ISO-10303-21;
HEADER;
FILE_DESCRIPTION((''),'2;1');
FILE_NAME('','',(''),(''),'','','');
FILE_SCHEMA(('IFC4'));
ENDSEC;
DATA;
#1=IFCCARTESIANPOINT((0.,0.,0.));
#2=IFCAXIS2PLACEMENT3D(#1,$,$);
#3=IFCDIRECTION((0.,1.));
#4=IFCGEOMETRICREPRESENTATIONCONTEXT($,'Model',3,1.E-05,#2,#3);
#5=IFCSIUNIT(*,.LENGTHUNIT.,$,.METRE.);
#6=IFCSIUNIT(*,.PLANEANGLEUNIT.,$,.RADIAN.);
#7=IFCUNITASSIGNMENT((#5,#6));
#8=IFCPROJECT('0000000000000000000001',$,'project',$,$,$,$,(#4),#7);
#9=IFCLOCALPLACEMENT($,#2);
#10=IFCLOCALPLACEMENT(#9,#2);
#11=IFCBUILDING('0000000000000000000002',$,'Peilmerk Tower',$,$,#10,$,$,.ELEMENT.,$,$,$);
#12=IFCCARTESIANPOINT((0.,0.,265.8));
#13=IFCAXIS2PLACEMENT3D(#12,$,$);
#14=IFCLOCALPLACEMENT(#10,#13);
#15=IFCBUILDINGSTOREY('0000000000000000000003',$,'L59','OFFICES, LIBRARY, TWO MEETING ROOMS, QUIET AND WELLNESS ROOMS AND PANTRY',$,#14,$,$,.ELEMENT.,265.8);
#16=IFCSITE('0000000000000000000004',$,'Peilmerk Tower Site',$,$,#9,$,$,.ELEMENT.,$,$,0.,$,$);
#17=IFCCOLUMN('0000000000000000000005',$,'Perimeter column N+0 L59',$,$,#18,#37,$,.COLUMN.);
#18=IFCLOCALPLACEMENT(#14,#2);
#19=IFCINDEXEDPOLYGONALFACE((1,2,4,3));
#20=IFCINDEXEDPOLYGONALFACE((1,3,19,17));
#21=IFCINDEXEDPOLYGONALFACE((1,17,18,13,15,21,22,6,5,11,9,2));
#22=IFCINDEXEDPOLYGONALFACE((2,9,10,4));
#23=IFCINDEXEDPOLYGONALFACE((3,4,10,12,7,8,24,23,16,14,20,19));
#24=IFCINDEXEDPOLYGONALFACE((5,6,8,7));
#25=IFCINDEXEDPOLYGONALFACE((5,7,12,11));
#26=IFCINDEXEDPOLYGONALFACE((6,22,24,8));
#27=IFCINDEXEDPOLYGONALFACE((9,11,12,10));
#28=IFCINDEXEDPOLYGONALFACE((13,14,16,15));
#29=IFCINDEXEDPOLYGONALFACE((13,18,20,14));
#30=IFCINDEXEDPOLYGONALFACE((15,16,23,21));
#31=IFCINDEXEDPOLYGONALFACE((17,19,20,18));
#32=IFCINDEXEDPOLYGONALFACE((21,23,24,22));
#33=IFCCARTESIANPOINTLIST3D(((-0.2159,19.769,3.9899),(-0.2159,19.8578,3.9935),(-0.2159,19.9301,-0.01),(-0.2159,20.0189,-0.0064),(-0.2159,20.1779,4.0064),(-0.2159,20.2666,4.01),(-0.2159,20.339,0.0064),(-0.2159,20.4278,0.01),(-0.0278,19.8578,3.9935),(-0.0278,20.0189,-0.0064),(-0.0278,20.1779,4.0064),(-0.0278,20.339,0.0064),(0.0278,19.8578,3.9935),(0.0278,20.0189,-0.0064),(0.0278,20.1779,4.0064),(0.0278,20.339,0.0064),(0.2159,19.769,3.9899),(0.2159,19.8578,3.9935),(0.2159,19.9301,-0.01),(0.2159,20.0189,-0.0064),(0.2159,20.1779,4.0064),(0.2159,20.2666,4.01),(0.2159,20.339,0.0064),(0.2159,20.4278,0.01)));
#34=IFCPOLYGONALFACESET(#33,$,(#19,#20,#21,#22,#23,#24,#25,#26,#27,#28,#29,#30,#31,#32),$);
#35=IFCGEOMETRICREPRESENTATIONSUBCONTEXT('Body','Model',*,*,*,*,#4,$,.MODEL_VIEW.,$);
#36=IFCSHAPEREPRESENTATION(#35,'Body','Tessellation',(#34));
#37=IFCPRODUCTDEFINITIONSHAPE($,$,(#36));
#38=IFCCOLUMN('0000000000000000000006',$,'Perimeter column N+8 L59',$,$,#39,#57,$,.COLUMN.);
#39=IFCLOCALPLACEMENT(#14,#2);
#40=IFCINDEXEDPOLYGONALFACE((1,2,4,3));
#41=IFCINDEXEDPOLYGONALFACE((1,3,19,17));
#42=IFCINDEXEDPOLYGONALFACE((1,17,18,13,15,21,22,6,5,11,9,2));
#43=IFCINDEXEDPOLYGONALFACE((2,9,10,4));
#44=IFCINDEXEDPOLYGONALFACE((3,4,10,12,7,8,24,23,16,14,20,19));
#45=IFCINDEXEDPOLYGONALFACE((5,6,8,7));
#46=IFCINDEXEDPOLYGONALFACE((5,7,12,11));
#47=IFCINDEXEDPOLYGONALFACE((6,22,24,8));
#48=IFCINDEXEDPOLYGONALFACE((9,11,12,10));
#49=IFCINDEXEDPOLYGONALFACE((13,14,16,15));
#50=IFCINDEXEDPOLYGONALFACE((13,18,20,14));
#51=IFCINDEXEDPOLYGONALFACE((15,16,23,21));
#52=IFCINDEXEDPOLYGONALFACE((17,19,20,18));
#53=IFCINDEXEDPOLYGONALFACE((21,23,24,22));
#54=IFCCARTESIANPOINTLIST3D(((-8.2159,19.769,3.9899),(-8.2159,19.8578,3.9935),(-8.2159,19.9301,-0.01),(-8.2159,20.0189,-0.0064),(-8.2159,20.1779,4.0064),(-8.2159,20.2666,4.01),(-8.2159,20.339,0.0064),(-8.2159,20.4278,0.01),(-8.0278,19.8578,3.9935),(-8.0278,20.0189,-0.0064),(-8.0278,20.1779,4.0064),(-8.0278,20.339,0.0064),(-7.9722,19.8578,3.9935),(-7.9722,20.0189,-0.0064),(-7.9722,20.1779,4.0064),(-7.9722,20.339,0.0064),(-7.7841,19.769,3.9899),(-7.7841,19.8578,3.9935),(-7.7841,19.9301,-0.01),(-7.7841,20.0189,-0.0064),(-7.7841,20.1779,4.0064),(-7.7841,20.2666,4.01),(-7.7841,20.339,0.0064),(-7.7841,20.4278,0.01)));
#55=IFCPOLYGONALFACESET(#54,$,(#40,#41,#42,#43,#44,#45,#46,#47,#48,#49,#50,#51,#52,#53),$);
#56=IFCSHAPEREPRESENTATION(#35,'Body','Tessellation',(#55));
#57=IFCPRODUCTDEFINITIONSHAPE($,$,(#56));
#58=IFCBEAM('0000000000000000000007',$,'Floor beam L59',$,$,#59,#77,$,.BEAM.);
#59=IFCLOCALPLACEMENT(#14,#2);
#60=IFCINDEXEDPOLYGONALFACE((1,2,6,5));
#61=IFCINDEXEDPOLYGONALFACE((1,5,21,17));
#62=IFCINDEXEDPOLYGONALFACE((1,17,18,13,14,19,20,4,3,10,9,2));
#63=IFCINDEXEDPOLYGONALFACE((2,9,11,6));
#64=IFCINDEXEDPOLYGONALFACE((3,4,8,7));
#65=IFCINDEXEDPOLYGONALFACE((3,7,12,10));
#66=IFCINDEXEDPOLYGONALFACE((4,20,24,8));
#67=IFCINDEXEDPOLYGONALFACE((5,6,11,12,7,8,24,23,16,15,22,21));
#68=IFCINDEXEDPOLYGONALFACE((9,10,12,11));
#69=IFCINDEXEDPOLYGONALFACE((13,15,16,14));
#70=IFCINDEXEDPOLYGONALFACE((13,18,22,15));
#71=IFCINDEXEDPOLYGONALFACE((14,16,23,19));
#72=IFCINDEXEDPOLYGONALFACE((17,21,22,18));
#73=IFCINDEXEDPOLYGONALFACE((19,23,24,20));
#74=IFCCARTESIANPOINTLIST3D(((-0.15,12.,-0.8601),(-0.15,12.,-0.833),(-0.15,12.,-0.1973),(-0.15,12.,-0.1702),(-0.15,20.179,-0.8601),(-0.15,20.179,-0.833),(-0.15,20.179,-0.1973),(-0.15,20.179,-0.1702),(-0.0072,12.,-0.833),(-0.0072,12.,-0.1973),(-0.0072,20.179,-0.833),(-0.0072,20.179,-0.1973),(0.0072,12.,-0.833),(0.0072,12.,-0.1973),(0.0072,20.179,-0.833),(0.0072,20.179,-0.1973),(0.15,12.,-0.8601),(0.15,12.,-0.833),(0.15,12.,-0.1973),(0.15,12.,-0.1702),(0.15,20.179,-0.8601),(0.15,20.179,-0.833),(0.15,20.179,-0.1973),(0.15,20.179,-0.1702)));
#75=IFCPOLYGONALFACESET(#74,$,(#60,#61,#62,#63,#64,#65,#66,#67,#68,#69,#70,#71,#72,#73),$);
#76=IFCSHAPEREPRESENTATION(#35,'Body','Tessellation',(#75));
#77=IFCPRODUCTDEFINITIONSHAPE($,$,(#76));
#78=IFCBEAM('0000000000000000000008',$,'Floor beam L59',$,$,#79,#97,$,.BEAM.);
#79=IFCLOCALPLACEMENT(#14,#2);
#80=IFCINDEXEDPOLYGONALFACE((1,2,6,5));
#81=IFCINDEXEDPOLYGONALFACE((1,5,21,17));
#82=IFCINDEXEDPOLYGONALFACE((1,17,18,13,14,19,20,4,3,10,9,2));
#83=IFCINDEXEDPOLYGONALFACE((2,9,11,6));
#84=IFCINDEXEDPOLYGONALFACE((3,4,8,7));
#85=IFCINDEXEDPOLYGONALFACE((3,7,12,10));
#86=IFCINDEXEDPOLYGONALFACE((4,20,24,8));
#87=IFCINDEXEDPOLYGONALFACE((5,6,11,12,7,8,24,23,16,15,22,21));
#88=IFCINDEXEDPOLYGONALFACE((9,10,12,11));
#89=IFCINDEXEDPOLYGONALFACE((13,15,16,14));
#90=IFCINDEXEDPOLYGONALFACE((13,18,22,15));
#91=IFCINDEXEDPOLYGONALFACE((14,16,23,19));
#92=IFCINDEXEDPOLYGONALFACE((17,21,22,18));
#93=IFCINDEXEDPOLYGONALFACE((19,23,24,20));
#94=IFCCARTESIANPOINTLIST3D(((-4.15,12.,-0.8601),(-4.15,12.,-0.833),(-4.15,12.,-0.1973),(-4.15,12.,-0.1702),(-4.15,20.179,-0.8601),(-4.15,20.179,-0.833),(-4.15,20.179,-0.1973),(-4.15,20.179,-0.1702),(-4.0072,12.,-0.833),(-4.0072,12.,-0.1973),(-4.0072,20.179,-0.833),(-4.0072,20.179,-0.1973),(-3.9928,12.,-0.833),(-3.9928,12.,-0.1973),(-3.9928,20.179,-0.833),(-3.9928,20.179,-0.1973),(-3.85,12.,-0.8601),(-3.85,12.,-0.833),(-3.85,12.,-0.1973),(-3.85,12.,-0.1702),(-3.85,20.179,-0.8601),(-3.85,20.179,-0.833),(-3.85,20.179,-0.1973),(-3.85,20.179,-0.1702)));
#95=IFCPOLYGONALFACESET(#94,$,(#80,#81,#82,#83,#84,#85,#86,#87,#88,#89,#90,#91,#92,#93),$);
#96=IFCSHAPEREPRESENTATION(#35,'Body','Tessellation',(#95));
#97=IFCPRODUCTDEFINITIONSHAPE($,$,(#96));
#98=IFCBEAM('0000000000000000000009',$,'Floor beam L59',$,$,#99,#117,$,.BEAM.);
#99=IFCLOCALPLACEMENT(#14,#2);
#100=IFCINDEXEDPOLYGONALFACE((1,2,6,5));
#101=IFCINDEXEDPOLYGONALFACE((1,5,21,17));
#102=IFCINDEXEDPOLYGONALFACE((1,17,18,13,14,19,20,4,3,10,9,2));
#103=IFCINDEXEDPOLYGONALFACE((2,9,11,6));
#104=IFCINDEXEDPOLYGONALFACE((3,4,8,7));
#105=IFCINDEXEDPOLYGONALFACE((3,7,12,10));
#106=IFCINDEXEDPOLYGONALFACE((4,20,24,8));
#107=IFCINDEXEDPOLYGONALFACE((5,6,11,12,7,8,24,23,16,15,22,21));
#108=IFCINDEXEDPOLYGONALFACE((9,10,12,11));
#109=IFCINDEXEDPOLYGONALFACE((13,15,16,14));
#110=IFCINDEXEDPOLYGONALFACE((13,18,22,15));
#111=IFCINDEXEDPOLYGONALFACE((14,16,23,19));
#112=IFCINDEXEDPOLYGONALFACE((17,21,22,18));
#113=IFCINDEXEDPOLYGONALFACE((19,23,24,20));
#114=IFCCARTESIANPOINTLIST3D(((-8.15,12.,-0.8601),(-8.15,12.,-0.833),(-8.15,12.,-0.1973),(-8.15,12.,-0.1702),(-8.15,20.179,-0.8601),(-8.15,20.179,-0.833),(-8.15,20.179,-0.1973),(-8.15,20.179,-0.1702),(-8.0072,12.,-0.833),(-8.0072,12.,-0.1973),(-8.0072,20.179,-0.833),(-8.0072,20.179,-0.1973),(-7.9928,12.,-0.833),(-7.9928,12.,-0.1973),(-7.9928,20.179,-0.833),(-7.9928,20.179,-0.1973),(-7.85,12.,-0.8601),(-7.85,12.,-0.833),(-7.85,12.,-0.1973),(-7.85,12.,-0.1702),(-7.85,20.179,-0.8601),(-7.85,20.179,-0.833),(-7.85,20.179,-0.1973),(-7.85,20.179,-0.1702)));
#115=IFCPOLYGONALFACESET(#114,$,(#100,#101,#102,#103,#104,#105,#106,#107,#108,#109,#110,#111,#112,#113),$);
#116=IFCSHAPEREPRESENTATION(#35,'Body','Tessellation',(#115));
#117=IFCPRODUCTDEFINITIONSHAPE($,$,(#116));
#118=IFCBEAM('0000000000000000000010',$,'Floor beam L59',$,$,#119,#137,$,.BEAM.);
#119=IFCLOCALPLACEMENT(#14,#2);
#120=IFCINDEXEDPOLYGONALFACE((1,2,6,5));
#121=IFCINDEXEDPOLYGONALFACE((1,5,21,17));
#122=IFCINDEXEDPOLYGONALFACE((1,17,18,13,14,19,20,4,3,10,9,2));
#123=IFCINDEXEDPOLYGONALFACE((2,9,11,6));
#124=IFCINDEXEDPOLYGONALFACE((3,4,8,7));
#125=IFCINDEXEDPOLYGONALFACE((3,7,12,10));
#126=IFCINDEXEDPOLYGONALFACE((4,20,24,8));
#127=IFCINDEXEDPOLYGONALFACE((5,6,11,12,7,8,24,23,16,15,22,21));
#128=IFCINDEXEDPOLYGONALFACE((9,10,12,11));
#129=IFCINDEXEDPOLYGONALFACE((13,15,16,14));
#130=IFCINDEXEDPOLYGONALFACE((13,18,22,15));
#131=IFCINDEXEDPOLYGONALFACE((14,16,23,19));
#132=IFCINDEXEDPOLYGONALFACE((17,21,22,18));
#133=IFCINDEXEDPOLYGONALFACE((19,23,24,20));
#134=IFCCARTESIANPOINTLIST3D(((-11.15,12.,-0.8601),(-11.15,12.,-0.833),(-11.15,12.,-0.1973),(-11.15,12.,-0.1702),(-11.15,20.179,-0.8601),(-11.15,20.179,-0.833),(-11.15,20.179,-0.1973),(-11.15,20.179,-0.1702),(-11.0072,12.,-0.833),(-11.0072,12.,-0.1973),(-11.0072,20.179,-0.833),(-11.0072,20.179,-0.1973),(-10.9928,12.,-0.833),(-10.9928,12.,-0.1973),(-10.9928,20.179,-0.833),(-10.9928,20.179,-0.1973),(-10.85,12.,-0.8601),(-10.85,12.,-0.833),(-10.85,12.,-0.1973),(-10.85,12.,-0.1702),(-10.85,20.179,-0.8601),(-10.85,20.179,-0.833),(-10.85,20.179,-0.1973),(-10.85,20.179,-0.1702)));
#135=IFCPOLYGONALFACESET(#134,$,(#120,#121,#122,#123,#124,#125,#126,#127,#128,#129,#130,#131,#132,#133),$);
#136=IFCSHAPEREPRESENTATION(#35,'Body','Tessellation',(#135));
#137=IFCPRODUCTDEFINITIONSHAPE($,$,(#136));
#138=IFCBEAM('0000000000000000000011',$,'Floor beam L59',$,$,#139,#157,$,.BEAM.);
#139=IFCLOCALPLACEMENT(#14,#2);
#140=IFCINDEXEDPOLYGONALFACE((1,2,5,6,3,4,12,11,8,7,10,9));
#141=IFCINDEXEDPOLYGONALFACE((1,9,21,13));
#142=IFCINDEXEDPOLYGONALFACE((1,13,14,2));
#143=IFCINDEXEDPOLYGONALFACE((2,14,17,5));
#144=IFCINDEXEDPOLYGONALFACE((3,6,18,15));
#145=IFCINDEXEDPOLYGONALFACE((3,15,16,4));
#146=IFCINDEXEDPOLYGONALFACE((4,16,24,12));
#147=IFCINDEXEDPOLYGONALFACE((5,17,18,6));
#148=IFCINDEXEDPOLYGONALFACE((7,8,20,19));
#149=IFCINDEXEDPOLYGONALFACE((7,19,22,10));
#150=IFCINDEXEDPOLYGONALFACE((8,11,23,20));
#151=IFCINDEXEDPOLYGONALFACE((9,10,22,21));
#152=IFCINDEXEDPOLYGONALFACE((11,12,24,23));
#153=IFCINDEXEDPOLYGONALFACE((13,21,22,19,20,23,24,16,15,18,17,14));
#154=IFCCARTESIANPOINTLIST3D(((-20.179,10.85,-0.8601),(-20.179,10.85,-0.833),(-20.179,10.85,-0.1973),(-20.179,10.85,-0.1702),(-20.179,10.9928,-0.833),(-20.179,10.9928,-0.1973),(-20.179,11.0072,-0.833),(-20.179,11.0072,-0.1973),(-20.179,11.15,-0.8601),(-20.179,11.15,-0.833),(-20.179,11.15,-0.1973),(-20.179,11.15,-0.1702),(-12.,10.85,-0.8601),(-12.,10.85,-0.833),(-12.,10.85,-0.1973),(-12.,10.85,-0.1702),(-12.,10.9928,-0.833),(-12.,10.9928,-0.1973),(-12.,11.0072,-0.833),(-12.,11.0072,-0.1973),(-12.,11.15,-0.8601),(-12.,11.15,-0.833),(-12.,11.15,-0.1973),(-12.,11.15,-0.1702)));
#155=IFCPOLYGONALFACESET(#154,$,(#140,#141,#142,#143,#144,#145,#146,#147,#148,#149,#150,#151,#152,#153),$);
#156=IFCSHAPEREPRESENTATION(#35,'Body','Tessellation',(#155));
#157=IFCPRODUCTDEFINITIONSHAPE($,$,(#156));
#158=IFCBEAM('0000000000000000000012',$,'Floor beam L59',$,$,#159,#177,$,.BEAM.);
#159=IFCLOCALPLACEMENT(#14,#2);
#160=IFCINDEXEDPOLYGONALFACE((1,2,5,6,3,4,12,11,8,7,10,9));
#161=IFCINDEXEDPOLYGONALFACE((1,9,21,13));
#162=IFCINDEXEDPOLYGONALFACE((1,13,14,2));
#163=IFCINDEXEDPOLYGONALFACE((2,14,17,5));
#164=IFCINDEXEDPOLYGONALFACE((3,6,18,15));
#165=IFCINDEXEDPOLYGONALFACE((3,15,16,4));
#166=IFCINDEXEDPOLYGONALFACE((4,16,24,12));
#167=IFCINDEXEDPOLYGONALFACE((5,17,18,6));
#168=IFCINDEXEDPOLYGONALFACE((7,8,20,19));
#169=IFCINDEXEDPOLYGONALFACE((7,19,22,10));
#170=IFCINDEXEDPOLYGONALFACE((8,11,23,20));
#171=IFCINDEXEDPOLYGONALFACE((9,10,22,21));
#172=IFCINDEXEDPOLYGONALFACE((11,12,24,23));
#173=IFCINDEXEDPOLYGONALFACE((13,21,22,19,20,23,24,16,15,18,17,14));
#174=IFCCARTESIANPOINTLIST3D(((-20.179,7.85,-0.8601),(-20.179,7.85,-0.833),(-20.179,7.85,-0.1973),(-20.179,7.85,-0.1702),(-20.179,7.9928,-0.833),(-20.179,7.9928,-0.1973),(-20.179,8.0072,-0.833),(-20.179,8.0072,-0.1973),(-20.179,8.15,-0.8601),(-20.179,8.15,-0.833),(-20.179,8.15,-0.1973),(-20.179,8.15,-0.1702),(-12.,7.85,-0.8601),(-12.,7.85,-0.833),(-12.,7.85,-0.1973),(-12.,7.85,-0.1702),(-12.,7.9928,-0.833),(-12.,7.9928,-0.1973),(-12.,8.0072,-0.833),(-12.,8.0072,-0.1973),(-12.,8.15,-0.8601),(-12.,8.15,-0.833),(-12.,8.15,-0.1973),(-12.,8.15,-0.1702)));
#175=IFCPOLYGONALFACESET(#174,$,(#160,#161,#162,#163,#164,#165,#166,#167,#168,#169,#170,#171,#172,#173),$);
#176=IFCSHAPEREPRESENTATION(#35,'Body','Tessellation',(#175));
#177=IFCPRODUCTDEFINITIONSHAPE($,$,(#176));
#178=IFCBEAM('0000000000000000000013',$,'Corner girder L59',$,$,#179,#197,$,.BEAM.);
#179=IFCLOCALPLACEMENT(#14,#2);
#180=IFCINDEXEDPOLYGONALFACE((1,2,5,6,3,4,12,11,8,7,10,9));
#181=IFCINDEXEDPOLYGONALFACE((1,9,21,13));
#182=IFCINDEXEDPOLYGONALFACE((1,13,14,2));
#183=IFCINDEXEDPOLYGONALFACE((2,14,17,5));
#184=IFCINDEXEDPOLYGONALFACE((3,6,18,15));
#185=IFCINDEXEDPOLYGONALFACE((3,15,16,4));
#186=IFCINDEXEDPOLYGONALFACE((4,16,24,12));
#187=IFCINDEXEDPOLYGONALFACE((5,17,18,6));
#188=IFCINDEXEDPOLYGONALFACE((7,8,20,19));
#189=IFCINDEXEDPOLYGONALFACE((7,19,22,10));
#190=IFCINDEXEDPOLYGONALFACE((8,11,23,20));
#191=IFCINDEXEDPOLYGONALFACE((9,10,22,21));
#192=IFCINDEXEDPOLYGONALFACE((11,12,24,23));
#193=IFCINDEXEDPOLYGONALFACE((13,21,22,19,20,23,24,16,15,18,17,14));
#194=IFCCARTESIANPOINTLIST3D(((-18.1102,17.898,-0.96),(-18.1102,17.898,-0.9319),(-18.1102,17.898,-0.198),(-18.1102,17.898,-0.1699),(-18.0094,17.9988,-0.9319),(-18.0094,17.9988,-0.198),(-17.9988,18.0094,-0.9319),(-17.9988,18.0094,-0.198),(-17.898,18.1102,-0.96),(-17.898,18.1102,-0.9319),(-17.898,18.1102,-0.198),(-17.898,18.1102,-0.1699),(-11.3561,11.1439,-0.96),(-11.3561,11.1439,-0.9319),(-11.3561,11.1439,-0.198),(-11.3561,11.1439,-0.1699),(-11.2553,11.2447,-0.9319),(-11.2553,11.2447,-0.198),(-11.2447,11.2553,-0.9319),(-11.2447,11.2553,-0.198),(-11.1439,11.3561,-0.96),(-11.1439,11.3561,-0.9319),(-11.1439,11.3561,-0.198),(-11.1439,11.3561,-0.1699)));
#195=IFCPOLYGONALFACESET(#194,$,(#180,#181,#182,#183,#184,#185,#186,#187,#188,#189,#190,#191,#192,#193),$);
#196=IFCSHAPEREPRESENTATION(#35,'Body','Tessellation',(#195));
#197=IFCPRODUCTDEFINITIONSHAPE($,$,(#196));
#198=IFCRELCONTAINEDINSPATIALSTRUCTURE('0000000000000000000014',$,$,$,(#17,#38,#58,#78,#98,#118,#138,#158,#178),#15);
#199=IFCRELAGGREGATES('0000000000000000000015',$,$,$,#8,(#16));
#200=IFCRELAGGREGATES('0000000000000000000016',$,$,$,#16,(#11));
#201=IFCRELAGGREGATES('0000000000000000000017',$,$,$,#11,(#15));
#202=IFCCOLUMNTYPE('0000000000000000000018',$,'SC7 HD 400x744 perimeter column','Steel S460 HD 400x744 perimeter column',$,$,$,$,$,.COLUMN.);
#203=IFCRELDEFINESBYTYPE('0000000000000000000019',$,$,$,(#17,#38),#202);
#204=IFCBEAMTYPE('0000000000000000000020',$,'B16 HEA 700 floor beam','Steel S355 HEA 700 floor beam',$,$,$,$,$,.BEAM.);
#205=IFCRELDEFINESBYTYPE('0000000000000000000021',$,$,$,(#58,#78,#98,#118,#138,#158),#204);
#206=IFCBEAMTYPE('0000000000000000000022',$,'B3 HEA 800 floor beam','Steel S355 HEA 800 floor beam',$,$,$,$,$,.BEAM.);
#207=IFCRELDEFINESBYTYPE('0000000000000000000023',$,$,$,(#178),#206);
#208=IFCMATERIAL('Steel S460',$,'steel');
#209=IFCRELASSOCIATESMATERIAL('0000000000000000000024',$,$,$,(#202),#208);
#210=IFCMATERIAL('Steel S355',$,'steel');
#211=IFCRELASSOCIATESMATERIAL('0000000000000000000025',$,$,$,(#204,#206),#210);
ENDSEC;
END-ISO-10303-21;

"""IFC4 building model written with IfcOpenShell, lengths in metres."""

from ifc_helpers import new_model, si_unit, direction, frame, origin, origin_2d, place, context, subcontext, project, spatial, i_section, extrude, material, material_profile, profile_set, type_object, element, save


model = new_model("IFC4")

# Units and contexts
model_context = context("Model", 3, precision=1e-05, world=origin(), true_north=direction((0.0, 1.0)))
body_context = subcontext(model_context, "Body", "Model", "MODEL_VIEW")
ifc_project = project(units=[si_unit("LENGTHUNIT", "METRE"), si_unit("PLANEANGLEUNIT", "RADIAN")], contexts=[model_context])

# Site, building, storey
site_placement = place(None, origin())
site = spatial("IfcSite", under=ifc_project, at=site_placement, Name="Peilmerk Tower Site", CompositionType="ELEMENT", RefElevation=0.0)
building_placement = place(site_placement, origin())
building = spatial("IfcBuilding", under=site, at=building_placement, Name="Peilmerk Tower", CompositionType="ELEMENT")
storey_placement = place(building_placement, frame((0.0, 0.0, 265.8)))
storey = spatial("IfcBuildingStorey", under=building, at=storey_placement, Name="L59", Description="OFFICES, LIBRARY, TWO MEETING ROOMS, QUIET AND WELLNESS ROOMS AND PANTRY", CompositionType="ELEMENT", Elevation=265.8)

# Columns
ifc_material_1 = material(Name="Steel S460", Category="steel")
ifc_material_profile_1 = material_profile(ifc_material_1, i_section(OverallWidth=0.4319, OverallDepth=0.498, WebThickness=0.0557, FlangeThickness=0.0889, at=origin_2d()), Name="HD 400x744")
ifc_profile_set_1 = profile_set([ifc_material_profile_1], Name="Steel S460")
column_type = type_object("IfcColumnType", Name="SC7 HD 400x744 perimeter column", Description="Steel S460 HD 400x744 perimeter column", PredefinedType="COLUMN", material=ifc_profile_set_1)
for number, where, z_axis, x_axis, name in (
    (1, (0.0, 20.179, 0.0), (0.0, -0.040251, 0.99919), (1.0, 0.0, 0.0), "Perimeter column N+0 L59"),
    (2, (-8.0, 20.179, 0.0), (0.0, -0.040251, 0.99919), (1.0, 0.0, 0.0), "Perimeter column N+8 L59"),
):
    element("IfcColumn", number, at=place(storey_placement, frame(where, z_axis=z_axis, x_axis=x_axis)), inside=storey, type_object=column_type, Name=name, PredefinedType="COLUMN", context=body_context, shape_type="SweptSolid", body=[
        extrude(i_section(OverallWidth=0.4319, OverallDepth=0.498, WebThickness=0.0557, FlangeThickness=0.0889, at=origin_2d()), origin(), (0.0, 0.0, 1.0), 4.0032),
    ])

# Beams
ifc_material_2 = material(Name="Steel S355", Category="steel")
ifc_material_profile_2 = material_profile(ifc_material_2, i_section(OverallWidth=0.3, OverallDepth=0.6899, WebThickness=0.0144, FlangeThickness=0.0271, at=origin_2d()), Name="HEA 700")
ifc_profile_set_2 = profile_set([ifc_material_profile_2], Name="Steel S355")
beam_type_1 = type_object("IfcBeamType", Name="B16 HEA 700 floor beam", Description="Steel S355 HEA 700 floor beam", PredefinedType="BEAM", material=ifc_profile_set_2)
for number, where, z_axis, x_axis, name in (
    (3, (0.0, 12.0, -0.5151), (0.0, 1.0, 0.0), (-1.0, 0.0, 0.0), "Floor beam L59"),
    (4, (-4.0, 12.0, -0.5151), (0.0, 1.0, 0.0), (-1.0, 0.0, 0.0), "Floor beam L59"),
    (5, (-8.0, 12.0, -0.5151), (0.0, 1.0, 0.0), (-1.0, 0.0, 0.0), "Floor beam L59"),
    (6, (-11.0, 12.0, -0.5151), (0.0, 1.0, 0.0), (-1.0, 0.0, 0.0), "Floor beam L59"),
    (7, (-12.0, 11.0, -0.5151), (-1.0, 0.0, 0.0), (0.0, -1.0, 0.0), "Floor beam L59"),
    (8, (-12.0, 8.0, -0.5151), (-1.0, 0.0, 0.0), (0.0, -1.0, 0.0), "Floor beam L59"),
):
    element("IfcBeam", number, at=place(storey_placement, frame(where, z_axis=z_axis, x_axis=x_axis)), inside=storey, type_object=beam_type_1, Name=name, PredefinedType="BEAM", context=body_context, shape_type="SweptSolid", body=[
        extrude(i_section(OverallWidth=0.3, OverallDepth=0.6899, WebThickness=0.0144, FlangeThickness=0.0271, at=origin_2d()), origin(), (0.0, 0.0, 1.0), 8.179),
    ])
ifc_material_profile_3 = material_profile(ifc_material_2, i_section(OverallWidth=0.3, OverallDepth=0.79, WebThickness=0.0149, FlangeThickness=0.0281, at=origin_2d()), Name="HEA 800")
ifc_profile_set_3 = profile_set([ifc_material_profile_3], Name="Steel S355")
beam_type_2 = type_object("IfcBeamType", Name="B3 HEA 800 floor beam", Description="Steel S355 HEA 800 floor beam", PredefinedType="BEAM", material=ifc_profile_set_3)
beam_1_placement = place(storey_placement, frame((-11.25, 11.25, -0.5649), z_axis=(-0.707107, 0.707107, 0.0), x_axis=(-0.707107, -0.707107, 0.0)))
element("IfcBeam", 9, at=beam_1_placement, inside=storey, type_object=beam_type_2, Name="Corner girder L59", PredefinedType="BEAM", context=body_context, shape_type="SweptSolid", body=[
    extrude(i_section(OverallWidth=0.3, OverallDepth=0.79, WebThickness=0.0149, FlangeThickness=0.0281, at=origin_2d()), origin(), (0.0, 0.0, 1.0), 9.5518),
])

save(model, "model.ifc")
